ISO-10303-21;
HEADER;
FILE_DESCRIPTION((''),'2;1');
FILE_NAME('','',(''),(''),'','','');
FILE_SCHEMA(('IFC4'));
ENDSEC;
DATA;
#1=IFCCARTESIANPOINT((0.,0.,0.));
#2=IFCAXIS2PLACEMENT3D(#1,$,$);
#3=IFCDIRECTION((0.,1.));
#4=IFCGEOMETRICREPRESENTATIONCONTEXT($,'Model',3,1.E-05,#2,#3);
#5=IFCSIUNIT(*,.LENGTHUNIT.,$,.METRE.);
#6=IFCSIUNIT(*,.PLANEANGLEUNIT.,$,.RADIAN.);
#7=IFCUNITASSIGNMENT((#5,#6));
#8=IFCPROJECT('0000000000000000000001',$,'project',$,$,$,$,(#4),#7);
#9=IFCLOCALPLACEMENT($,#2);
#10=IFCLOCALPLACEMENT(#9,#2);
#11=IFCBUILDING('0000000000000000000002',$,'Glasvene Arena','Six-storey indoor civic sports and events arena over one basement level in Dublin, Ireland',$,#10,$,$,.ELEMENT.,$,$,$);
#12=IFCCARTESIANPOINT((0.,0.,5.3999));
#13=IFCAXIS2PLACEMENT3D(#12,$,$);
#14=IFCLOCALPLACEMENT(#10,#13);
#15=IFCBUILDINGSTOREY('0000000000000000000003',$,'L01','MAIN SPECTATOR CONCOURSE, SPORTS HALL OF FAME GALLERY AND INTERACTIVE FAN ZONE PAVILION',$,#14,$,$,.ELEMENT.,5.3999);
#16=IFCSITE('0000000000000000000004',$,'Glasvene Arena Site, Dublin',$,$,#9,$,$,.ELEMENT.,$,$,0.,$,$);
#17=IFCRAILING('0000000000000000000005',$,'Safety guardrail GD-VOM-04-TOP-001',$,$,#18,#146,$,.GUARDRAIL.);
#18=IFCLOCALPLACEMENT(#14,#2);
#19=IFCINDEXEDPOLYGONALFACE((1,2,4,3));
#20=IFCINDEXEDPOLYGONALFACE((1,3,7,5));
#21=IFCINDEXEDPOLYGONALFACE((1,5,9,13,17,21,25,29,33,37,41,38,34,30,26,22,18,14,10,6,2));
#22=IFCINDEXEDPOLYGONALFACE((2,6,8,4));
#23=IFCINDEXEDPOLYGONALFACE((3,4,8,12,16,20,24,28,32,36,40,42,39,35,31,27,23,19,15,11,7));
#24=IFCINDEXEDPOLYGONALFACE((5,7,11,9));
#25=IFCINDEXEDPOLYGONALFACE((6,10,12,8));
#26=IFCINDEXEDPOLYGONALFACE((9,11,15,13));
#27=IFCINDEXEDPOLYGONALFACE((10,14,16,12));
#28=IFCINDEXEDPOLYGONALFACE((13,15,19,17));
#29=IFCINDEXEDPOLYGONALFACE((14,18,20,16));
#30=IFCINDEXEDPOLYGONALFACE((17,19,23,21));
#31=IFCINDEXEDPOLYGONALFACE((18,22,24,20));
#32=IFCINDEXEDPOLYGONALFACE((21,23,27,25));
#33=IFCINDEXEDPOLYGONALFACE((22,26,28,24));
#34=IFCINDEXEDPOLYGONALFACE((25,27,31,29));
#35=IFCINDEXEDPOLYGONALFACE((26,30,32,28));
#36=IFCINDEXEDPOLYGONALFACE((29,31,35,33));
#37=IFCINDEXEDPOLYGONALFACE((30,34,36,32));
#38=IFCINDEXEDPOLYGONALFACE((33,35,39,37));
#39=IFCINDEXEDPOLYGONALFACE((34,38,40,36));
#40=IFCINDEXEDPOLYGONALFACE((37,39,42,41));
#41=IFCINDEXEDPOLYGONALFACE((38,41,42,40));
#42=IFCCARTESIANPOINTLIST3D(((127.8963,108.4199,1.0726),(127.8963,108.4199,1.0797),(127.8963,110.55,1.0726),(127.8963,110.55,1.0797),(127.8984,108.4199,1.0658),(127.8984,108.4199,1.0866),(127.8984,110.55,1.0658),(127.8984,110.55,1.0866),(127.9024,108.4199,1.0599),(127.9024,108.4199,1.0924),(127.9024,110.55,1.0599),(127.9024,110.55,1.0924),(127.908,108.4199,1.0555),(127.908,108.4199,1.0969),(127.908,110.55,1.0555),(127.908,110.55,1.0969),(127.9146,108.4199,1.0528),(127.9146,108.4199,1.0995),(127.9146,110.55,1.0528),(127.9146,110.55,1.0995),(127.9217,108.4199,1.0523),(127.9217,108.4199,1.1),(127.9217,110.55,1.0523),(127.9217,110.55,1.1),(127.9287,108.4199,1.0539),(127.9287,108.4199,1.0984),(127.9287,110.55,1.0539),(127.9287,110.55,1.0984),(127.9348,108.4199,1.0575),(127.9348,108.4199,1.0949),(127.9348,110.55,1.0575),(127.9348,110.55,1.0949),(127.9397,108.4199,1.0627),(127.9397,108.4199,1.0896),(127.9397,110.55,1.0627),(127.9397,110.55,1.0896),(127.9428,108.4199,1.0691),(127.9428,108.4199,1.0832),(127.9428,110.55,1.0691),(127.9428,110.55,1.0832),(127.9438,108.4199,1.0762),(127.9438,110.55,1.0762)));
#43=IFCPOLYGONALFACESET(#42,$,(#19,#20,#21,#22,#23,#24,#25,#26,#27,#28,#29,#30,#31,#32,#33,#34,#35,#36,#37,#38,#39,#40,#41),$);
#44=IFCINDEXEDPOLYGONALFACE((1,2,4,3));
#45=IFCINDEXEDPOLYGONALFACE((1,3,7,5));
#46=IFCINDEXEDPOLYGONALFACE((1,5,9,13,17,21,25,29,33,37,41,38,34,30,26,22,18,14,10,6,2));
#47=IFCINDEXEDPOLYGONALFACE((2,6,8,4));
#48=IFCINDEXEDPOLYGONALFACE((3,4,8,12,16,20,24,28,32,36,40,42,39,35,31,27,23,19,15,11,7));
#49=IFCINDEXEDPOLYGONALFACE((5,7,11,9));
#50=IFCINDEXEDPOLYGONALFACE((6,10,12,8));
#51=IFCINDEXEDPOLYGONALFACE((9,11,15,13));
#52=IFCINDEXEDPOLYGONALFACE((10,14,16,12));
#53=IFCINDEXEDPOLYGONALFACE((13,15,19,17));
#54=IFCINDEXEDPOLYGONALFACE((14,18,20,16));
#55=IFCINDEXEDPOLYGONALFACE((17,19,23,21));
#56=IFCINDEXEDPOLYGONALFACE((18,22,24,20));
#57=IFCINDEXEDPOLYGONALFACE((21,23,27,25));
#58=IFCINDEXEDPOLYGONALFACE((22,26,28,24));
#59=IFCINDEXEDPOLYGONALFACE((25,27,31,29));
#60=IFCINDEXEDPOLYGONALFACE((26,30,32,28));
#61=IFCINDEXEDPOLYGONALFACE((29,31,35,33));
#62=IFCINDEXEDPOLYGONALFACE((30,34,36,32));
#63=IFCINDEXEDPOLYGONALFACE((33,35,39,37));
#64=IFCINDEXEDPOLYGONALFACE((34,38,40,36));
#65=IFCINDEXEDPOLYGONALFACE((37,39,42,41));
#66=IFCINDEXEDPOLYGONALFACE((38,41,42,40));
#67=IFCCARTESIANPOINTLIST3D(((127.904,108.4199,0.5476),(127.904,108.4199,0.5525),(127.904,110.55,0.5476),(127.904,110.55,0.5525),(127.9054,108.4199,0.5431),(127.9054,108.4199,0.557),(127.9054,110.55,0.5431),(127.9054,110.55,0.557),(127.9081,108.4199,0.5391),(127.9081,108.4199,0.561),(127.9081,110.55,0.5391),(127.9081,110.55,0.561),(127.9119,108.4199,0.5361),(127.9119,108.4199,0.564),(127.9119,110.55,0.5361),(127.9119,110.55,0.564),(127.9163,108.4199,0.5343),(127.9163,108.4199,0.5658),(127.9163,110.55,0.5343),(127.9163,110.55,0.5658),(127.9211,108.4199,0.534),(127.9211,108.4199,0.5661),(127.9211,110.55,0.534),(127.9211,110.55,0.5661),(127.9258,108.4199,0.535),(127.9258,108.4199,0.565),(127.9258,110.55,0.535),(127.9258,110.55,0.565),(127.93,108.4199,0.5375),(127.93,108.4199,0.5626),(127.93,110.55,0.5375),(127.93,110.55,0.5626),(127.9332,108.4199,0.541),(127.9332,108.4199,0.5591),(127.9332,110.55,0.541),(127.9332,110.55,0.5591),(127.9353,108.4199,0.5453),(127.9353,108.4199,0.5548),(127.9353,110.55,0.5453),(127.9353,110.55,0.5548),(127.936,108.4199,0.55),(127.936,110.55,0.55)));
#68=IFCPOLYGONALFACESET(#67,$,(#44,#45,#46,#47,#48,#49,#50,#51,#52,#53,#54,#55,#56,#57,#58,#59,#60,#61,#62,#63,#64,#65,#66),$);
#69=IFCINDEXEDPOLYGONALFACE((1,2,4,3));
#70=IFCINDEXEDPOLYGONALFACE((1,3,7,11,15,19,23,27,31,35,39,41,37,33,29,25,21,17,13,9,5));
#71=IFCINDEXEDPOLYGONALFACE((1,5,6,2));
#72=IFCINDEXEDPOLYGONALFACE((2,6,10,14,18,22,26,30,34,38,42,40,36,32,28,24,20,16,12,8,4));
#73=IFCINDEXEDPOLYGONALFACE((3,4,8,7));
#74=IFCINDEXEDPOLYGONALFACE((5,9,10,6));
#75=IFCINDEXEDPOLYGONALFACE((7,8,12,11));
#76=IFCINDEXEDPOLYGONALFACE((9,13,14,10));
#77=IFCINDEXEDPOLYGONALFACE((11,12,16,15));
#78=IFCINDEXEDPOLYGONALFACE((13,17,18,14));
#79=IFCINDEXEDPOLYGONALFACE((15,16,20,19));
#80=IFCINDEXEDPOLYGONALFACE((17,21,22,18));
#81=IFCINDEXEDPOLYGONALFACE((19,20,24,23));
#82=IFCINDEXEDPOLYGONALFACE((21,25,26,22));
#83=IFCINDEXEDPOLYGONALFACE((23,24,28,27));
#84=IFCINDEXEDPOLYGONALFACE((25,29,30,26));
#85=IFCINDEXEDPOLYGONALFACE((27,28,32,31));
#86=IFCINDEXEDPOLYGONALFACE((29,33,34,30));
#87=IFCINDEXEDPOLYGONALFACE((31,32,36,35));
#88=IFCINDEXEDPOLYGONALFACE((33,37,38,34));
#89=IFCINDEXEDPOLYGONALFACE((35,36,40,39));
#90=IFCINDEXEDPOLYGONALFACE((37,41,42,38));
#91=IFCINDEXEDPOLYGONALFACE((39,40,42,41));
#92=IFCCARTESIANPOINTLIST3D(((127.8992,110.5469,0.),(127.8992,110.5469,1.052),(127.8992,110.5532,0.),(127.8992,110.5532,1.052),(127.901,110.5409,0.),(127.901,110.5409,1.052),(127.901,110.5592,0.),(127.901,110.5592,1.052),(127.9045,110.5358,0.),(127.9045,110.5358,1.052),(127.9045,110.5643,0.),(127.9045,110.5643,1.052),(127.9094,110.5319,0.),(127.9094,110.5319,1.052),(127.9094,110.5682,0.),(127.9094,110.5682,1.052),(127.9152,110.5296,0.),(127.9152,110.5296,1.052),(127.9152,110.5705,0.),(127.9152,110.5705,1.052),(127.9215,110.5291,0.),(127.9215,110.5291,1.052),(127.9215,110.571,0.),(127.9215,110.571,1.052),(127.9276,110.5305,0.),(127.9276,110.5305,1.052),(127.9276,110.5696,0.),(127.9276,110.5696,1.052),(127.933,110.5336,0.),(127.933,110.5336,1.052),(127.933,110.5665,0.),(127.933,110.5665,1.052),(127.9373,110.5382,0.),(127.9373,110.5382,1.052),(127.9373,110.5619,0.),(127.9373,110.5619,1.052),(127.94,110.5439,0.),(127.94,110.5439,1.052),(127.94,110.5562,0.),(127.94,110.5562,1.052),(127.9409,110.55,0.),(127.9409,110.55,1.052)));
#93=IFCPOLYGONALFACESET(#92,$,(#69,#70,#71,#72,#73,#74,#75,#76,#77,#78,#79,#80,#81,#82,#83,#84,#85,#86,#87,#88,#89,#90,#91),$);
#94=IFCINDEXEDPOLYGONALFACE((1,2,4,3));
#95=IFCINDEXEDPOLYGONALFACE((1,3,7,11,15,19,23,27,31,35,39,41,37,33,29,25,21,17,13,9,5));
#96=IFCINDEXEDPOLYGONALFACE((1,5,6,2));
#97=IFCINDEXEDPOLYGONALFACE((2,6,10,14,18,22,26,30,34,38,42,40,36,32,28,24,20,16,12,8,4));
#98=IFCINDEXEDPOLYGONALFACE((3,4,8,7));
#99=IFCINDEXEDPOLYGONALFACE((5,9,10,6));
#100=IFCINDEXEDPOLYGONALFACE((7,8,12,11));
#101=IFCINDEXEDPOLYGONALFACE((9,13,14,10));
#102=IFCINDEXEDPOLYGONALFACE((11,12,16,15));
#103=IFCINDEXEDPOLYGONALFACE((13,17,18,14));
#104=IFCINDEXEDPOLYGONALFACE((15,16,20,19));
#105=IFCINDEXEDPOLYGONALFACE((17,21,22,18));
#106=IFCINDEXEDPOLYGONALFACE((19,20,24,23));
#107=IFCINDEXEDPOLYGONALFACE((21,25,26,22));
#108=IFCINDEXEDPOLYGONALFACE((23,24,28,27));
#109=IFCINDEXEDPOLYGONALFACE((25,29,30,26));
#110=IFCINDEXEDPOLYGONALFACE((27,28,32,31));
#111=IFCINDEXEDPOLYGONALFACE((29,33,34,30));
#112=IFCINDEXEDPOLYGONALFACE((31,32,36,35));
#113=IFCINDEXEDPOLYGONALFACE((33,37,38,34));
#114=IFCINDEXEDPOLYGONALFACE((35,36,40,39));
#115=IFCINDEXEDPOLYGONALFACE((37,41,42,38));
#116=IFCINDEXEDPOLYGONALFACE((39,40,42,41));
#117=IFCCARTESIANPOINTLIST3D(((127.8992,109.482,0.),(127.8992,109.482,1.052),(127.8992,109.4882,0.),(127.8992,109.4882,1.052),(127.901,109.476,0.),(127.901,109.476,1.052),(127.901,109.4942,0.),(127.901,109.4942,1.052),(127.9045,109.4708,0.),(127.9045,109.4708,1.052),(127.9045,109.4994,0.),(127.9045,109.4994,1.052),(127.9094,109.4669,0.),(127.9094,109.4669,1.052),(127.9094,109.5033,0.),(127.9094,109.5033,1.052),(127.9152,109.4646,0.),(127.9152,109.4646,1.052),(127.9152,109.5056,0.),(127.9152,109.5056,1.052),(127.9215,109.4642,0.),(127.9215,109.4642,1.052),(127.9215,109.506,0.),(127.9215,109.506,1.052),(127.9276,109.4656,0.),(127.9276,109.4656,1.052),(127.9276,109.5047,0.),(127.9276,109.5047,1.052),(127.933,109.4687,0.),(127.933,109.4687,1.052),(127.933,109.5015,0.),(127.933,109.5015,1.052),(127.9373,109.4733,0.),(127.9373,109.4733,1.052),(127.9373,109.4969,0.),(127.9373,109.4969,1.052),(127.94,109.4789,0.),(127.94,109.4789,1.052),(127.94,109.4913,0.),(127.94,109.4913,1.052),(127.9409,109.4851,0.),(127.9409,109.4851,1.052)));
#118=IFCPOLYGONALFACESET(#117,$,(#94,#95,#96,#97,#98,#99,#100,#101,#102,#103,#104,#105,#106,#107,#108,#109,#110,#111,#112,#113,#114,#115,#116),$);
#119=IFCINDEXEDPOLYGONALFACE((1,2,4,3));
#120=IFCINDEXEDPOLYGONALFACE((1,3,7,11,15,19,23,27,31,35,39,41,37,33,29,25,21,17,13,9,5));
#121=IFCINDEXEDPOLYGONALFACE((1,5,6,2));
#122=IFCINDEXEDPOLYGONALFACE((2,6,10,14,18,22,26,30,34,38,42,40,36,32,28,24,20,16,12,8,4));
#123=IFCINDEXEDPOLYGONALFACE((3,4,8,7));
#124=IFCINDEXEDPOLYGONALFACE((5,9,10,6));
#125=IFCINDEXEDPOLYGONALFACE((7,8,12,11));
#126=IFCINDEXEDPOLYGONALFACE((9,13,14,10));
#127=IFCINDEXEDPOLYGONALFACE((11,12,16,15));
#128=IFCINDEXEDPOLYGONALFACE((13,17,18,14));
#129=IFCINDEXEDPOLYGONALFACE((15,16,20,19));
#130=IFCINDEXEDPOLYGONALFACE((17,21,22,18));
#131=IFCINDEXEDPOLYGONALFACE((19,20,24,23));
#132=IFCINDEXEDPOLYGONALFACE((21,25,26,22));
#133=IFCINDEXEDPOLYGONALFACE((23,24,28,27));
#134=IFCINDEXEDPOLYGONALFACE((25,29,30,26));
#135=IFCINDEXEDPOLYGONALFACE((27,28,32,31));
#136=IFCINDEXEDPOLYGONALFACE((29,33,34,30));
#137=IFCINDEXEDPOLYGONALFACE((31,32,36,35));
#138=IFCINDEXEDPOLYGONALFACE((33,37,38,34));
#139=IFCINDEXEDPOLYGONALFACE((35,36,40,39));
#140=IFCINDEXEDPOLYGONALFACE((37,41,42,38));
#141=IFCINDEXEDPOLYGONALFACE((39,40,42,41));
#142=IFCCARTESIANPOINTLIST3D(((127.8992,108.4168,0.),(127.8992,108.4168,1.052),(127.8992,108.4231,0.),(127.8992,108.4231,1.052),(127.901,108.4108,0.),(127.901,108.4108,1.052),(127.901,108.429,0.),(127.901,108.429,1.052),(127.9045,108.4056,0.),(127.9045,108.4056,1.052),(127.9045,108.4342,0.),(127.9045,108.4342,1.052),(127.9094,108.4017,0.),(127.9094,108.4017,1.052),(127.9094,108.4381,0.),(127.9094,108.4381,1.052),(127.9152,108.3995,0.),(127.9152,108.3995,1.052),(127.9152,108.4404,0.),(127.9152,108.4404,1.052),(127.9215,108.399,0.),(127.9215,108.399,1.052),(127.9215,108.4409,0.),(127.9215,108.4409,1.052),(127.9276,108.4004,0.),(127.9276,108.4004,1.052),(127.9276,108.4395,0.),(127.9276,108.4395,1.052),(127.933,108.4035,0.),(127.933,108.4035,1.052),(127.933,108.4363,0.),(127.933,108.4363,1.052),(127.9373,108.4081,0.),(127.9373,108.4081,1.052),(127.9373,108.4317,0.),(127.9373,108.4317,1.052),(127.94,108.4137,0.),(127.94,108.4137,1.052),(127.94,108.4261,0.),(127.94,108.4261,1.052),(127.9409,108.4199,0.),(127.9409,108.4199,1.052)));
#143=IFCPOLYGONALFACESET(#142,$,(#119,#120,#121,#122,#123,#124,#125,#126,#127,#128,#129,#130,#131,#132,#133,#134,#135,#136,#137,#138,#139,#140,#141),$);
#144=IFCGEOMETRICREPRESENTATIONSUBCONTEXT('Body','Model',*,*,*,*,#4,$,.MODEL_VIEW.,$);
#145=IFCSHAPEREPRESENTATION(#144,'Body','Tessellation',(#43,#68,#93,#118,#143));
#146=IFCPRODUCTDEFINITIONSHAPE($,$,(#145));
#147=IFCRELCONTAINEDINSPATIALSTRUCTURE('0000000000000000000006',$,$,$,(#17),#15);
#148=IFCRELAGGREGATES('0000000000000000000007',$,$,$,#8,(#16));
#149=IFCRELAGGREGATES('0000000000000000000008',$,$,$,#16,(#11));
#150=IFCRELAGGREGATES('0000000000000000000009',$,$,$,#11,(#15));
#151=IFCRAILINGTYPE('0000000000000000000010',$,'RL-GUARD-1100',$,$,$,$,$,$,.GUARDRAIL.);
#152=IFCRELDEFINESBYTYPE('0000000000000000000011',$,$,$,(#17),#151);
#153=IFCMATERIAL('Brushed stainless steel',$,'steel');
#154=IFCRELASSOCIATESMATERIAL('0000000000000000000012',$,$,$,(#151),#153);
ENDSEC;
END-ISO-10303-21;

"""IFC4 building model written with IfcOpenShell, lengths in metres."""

from ifc_helpers import new_model, si_unit, direction, frame, origin, origin_2d, place, context, subcontext, project, spatial, circle, extrude, material, type_object, element, save


model = new_model("IFC4")

# Units and contexts
model_context = context("Model", 3, precision=1e-05, world=origin(), true_north=direction((0.0, 1.0)))
body_context = subcontext(model_context, "Body", "Model", "MODEL_VIEW")
ifc_project = project(units=[si_unit("LENGTHUNIT", "METRE"), si_unit("PLANEANGLEUNIT", "RADIAN")], contexts=[model_context])

# Site, building, storey
site_placement = place(None, origin())
site = spatial("IfcSite", under=ifc_project, at=site_placement, Name="Glasvene Arena Site, Dublin", CompositionType="ELEMENT", RefElevation=0.0)
building_placement = place(site_placement, origin())
building = spatial("IfcBuilding", under=site, at=building_placement, Name="Glasvene Arena", Description="Six-storey indoor civic sports and events arena over one basement level in Dublin, Ireland", CompositionType="ELEMENT")
storey_placement = place(building_placement, frame((0.0, 0.0, 5.3999)))
storey = spatial("IfcBuildingStorey", under=building, at=storey_placement, Name="L01", Description="MAIN SPECTATOR CONCOURSE, SPORTS HALL OF FAME GALLERY AND INTERACTIVE FAN ZONE PAVILION", CompositionType="ELEMENT", Elevation=5.3999)

# Railing
ifc_material_1 = material(Name="Brushed stainless steel", Category="steel")
railing_type = type_object("IfcRailingType", Name="RL-GUARD-1100", PredefinedType="GUARDRAIL", material=ifc_material_1)
railing_1_placement = place(storey_placement, frame((127.9199, 110.55, 0.0)))
element("IfcRailing", 1, at=railing_1_placement, inside=storey, type_object=railing_type, Name="Safety guardrail GD-VOM-04-TOP-001", PredefinedType="GUARDRAIL", context=body_context, shape_type="SweptSolid", body=[
    extrude(circle(Radius=0.0239, at=origin_2d()), frame((0.0, 0.0, 1.0762), z_axis=(0.0, -1.0, 0.0), x_axis=(1.0, 0.0, 0.0)), (0.0, 0.0, 1.0), 2.1301),
    extrude(circle(Radius=0.0161, at=origin_2d()), frame((0.0, 0.0, 0.55), z_axis=(0.0, -1.0, 0.0), x_axis=(1.0, 0.0, 0.0)), (0.0, 0.0, 1.0), 2.1301),
    extrude(circle(Radius=0.021, at=origin_2d()), origin(), (0.0, 0.0, 1.0), 1.052),
    extrude(circle(Radius=0.021, at=origin_2d()), frame((0.0, -1.0649, 0.0)), (0.0, 0.0, 1.0), 1.052),
    extrude(circle(Radius=0.021, at=origin_2d()), frame((0.0, -2.1301, 0.0)), (0.0, 0.0, 1.0), 1.052),
])

save(model, "model.ifc")
